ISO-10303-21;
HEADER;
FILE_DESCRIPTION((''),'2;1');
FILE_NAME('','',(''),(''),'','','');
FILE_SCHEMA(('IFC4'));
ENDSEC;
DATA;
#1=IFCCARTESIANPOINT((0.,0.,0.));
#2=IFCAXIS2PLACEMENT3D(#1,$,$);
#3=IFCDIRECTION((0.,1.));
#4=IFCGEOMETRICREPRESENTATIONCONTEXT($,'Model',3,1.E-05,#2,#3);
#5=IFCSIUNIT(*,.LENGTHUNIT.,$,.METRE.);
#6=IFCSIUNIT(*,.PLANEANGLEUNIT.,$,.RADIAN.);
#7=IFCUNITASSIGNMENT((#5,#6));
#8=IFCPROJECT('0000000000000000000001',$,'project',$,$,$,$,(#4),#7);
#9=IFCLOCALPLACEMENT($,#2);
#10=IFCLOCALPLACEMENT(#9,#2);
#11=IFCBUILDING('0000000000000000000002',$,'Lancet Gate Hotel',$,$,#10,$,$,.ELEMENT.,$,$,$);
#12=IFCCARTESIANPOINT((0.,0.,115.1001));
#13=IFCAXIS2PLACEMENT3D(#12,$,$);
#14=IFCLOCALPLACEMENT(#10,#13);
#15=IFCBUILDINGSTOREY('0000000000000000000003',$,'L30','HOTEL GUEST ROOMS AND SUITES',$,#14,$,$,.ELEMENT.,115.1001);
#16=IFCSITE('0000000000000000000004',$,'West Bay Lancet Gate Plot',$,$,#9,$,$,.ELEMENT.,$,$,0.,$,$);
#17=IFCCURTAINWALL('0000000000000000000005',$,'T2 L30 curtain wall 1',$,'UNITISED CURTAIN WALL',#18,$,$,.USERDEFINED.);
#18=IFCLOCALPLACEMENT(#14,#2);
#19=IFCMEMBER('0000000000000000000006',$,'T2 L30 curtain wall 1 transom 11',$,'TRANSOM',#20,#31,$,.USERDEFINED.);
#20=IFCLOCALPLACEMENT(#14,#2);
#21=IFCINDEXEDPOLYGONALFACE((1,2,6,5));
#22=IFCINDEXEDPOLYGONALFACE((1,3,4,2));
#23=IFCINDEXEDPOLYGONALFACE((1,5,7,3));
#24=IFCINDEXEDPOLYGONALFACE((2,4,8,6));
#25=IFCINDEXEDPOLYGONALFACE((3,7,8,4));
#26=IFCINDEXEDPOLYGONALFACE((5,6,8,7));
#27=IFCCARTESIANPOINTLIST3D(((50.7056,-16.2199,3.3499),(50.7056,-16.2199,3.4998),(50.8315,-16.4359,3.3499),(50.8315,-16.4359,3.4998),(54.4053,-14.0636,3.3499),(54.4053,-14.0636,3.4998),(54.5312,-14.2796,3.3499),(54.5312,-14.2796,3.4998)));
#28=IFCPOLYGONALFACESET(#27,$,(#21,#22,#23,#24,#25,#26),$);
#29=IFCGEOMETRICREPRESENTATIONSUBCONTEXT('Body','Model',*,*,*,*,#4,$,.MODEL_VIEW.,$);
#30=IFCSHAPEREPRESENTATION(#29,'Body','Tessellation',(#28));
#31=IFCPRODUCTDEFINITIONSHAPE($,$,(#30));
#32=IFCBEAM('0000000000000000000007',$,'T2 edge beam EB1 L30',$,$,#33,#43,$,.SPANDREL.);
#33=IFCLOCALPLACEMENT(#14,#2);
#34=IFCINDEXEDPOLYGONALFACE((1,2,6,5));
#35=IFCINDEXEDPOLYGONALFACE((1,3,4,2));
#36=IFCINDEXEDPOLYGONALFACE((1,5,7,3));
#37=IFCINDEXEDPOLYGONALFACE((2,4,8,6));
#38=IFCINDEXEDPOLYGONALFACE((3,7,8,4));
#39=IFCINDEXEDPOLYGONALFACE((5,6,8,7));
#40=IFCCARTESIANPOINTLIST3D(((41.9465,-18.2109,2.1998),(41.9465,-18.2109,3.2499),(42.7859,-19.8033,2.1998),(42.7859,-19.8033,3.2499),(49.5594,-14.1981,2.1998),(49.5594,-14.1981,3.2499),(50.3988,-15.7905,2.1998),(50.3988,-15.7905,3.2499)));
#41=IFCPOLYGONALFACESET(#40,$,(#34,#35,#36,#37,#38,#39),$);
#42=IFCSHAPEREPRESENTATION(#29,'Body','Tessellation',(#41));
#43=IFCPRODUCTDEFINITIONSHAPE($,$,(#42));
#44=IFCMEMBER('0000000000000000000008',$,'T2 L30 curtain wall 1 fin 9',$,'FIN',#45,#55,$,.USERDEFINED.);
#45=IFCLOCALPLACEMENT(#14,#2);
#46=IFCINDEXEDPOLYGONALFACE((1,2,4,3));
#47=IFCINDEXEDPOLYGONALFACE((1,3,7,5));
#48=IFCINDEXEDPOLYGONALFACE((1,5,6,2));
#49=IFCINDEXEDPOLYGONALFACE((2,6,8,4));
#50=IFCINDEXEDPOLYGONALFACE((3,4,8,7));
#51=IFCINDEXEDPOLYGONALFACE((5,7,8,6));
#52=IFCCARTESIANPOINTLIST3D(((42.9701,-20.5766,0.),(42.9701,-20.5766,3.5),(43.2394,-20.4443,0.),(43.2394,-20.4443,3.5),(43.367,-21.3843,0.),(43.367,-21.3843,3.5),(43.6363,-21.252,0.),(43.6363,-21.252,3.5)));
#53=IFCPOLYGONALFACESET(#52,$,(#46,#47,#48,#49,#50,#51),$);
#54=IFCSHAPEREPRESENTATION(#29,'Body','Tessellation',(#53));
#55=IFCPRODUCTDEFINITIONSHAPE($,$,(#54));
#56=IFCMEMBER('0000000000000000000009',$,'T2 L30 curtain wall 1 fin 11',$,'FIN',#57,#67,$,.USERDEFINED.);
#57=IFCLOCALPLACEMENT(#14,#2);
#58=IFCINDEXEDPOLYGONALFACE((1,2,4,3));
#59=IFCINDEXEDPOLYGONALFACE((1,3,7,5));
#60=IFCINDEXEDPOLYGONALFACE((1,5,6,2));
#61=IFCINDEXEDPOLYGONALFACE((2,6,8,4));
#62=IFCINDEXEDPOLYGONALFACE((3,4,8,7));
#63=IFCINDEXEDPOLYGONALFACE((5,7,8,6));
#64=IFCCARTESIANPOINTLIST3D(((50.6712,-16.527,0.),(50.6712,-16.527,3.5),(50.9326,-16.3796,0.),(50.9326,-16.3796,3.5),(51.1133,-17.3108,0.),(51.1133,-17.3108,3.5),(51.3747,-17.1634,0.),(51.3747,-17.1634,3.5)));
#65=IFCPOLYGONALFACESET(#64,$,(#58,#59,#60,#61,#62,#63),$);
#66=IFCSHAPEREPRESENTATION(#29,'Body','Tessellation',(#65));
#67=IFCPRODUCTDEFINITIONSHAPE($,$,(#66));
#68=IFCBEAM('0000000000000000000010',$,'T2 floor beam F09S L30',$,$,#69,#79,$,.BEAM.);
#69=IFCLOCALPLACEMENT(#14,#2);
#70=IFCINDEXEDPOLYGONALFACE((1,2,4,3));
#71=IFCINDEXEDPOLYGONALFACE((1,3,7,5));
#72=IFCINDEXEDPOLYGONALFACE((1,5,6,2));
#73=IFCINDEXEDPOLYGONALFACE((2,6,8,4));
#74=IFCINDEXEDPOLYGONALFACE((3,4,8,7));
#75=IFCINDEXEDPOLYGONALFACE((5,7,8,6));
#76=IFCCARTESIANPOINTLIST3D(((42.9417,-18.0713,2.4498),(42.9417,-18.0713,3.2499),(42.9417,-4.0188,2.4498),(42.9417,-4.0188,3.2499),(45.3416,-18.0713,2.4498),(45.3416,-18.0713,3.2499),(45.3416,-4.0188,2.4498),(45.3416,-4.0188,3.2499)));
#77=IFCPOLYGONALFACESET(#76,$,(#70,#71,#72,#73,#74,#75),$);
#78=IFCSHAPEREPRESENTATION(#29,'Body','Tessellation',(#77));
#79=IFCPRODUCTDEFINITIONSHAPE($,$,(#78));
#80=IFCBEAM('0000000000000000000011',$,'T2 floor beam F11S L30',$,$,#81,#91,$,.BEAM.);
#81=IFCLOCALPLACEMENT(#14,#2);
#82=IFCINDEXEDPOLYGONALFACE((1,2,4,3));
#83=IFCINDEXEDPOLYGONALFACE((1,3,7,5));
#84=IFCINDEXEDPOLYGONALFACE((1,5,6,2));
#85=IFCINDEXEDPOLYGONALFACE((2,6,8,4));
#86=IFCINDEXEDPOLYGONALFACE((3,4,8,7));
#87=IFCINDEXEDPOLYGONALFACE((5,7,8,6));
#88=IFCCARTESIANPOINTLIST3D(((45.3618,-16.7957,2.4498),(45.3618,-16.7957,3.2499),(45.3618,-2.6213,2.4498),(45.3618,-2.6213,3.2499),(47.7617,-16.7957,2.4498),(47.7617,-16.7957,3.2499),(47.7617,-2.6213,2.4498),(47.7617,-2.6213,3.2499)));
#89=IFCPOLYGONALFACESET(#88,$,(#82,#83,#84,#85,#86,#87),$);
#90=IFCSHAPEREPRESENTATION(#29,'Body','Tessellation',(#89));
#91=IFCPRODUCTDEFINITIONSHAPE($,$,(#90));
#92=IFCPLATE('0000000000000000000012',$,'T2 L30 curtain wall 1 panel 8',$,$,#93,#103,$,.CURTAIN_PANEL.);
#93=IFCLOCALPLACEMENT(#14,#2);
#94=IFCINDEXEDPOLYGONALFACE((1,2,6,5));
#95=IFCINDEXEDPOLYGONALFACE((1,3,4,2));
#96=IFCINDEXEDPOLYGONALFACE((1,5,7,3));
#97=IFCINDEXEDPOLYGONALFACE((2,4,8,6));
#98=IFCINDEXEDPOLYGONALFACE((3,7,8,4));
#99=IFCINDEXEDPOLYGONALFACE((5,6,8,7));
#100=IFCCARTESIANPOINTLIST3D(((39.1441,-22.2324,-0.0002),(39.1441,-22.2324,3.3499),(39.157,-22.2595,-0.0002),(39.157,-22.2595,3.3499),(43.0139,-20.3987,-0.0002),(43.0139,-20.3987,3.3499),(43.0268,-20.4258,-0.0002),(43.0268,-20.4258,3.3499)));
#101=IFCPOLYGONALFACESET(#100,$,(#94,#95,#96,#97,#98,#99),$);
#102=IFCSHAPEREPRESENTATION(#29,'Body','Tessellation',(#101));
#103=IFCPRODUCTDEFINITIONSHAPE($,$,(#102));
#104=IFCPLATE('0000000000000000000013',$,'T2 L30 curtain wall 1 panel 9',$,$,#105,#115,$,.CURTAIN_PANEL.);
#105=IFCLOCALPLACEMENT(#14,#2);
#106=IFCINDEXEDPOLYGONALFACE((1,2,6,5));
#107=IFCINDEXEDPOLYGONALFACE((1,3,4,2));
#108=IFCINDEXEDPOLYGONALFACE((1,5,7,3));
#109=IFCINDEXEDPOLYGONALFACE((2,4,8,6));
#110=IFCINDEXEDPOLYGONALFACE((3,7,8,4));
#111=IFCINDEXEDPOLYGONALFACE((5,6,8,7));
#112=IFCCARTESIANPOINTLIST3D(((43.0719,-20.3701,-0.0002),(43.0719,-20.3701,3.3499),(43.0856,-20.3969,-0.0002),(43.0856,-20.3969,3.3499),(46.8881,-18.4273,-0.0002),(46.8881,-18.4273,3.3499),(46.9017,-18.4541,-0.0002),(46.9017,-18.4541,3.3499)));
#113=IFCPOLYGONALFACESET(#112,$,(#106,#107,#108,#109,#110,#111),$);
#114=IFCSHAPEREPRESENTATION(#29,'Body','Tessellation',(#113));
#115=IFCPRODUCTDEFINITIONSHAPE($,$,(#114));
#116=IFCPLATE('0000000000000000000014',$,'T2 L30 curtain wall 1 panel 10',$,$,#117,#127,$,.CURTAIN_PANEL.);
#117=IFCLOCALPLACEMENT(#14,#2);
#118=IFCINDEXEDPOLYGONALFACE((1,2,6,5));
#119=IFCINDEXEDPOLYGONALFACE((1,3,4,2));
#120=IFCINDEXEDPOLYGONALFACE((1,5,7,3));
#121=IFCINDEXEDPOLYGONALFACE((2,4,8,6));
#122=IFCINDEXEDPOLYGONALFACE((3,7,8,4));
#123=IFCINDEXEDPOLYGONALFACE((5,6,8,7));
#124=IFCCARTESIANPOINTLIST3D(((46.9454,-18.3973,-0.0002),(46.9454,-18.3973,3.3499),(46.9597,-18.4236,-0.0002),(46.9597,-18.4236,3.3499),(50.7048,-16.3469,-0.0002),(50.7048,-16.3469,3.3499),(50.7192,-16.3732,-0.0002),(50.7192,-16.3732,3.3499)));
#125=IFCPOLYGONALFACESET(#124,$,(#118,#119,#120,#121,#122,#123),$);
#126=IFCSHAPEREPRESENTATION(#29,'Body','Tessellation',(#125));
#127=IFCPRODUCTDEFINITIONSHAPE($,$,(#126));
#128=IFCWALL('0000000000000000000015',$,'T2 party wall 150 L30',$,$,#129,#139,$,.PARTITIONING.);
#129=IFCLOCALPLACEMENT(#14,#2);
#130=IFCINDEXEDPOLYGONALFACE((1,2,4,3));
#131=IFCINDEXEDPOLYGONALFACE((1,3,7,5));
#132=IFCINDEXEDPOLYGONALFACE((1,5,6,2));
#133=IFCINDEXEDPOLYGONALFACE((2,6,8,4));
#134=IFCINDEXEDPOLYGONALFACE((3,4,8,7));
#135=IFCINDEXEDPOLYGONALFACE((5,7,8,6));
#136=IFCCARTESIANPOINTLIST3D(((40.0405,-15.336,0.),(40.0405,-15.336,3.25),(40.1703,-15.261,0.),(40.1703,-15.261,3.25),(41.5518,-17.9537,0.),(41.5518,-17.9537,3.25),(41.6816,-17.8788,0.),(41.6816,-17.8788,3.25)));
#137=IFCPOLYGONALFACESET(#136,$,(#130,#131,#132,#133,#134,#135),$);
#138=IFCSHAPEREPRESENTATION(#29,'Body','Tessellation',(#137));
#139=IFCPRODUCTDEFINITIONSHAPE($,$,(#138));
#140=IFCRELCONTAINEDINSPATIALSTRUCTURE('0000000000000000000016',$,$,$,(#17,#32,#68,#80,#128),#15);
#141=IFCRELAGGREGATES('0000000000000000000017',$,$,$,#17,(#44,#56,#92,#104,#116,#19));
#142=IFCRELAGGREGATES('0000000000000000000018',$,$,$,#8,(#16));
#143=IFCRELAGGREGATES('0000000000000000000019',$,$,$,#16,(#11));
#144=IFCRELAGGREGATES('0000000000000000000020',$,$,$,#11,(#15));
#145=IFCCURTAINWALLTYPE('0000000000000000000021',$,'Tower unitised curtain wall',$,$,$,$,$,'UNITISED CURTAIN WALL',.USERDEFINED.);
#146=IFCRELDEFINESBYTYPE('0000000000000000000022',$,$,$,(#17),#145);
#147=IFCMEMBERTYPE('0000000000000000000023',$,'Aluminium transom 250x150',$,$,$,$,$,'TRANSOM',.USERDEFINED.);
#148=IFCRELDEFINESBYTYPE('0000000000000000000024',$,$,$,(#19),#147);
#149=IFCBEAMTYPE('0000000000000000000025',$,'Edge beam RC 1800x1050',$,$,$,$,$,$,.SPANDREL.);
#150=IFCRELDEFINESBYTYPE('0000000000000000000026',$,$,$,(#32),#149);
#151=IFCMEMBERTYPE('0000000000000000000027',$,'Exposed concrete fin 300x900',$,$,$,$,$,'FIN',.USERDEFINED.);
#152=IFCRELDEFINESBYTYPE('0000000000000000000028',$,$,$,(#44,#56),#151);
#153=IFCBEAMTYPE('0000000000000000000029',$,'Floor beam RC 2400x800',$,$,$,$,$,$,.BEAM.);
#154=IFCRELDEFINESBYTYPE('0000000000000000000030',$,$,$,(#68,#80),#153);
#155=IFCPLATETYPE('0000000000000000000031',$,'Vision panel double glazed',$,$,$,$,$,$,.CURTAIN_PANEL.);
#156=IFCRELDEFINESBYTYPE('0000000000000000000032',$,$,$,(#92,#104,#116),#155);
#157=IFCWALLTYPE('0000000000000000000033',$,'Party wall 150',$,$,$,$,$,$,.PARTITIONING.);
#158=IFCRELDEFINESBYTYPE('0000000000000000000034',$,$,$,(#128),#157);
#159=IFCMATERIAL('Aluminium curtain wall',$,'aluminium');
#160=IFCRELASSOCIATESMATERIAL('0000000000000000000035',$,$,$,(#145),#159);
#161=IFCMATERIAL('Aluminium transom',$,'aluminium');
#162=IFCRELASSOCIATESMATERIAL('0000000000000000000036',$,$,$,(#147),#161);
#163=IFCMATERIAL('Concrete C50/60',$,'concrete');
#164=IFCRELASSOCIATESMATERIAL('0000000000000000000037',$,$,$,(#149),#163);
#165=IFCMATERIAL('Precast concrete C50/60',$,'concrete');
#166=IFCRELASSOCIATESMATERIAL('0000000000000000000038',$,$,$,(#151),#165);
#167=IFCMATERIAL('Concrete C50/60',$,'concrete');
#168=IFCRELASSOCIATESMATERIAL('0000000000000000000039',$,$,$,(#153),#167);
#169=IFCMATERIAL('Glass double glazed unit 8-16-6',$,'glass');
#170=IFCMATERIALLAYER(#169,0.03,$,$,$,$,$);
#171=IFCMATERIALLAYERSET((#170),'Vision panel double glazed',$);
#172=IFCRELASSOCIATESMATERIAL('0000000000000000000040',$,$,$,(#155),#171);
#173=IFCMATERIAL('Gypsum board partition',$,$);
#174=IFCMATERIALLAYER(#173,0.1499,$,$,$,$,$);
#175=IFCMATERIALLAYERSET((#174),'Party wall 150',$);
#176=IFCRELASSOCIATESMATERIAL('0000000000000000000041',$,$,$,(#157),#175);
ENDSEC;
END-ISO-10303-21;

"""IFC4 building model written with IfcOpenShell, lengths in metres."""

from ifc_helpers import new_model, si_unit, direction, frame, frame_2d, origin, origin_2d, place, context, subcontext, project, spatial, rectangle, extrude, material, layer, layer_set, material_profile, profile_set, type_object, element, aggregate, save


model = new_model("IFC4")

# Units and contexts
model_context = context("Model", 3, precision=1e-05, world=origin(), true_north=direction((0.0, 1.0)))
body_context = subcontext(model_context, "Body", "Model", "MODEL_VIEW")
ifc_project = project(units=[si_unit("LENGTHUNIT", "METRE"), si_unit("PLANEANGLEUNIT", "RADIAN")], contexts=[model_context])

# Site, building, storey
site_placement = place(None, origin())
site = spatial("IfcSite", under=ifc_project, at=site_placement, Name="West Bay Lancet Gate Plot", CompositionType="ELEMENT", RefElevation=0.0)
building_placement = place(site_placement, origin())
building = spatial("IfcBuilding", under=site, at=building_placement, Name="Lancet Gate Hotel", CompositionType="ELEMENT")
storey_placement = place(building_placement, frame((0.0, 0.0, 115.1001)))
storey = spatial("IfcBuildingStorey", under=building, at=storey_placement, Name="L30", Description="HOTEL GUEST ROOMS AND SUITES", CompositionType="ELEMENT", Elevation=115.1001)

# Curtain wall, member
ifc_material_1 = material(Name="Aluminium curtain wall", Category="aluminium")
curtain_wall_type = type_object("IfcCurtainWallType", Name="Tower unitised curtain wall", ElementType="UNITISED CURTAIN WALL", PredefinedType="USERDEFINED", material=ifc_material_1)
curtain_wall_placement = place(storey_placement, origin())
curtain_wall = element("IfcCurtainWall", 1, at=curtain_wall_placement, inside=storey, type_object=curtain_wall_type, Name="T2 L30 curtain wall 1", ObjectType="UNITISED CURTAIN WALL", PredefinedType="USERDEFINED")
ifc_material_2 = material(Name="Aluminium transom", Category="aluminium")
ifc_material_profile_1 = material_profile(ifc_material_2, rectangle(XDim=0.25, YDim=0.1499, at=origin_2d()), Name="TRANSOM 250x150")
ifc_profile_set_1 = profile_set([ifc_material_profile_1], Name="Aluminium transom")
member_type_1 = type_object("IfcMemberType", Name="Aluminium transom 250x150", ElementType="TRANSOM", PredefinedType="USERDEFINED", material=ifc_profile_set_1)
member_1_placement = place(storey_placement, frame((50.7686, -16.3279, 3.4248), z_axis=(0.863973, 0.503538, 0.0), x_axis=(-0.503538, 0.863973, 0.0)))
member_1 = element("IfcMember", 2, at=member_1_placement, type_object=member_type_1, Name="T2 L30 curtain wall 1 transom 11", ObjectType="TRANSOM", PredefinedType="USERDEFINED", context=body_context, shape_type="SweptSolid", body=[
    extrude(rectangle(XDim=0.25, YDim=0.1499, at=origin_2d()), origin(), (0.0, 0.0, 1.0), 4.2822),
])

# Beam
ifc_material_3 = material(Name="Concrete C50/60", Category="concrete")
ifc_material_profile_2 = material_profile(ifc_material_3, rectangle(XDim=1.8, YDim=1.05, at=origin_2d()), Name="RC 1800x1050")
ifc_profile_set_2 = profile_set([ifc_material_profile_2], Name="Concrete C50/60")
beam_type_1 = type_object("IfcBeamType", Name="Edge beam RC 1800x1050", PredefinedType="SPANDREL", material=ifc_profile_set_2)
beam_1_placement = place(storey_placement, frame((42.3662, -19.0071, 2.7249), z_axis=(0.884633, 0.466289, 0.0), x_axis=(-0.466289, 0.884633, 0.0)))
element("IfcBeam", 3, at=beam_1_placement, inside=storey, type_object=beam_type_1, Name="T2 edge beam EB1 L30", PredefinedType="SPANDREL", context=body_context, shape_type="SweptSolid", body=[
    extrude(rectangle(XDim=1.8, YDim=1.05, at=origin_2d()), origin(), (0.0, 0.0, 1.0), 8.6057),
])

# Members
ifc_material_4 = material(Name="Precast concrete C50/60", Category="concrete")
ifc_material_profile_3 = material_profile(ifc_material_4, rectangle(XDim=0.3, YDim=0.8999, at=origin_2d()), Name="FIN 300x900")
ifc_profile_set_3 = profile_set([ifc_material_profile_3], Name="Precast concrete C50/60")
member_type_2 = type_object("IfcMemberType", Name="Exposed concrete fin 300x900", ElementType="FIN", PredefinedType="USERDEFINED", material=ifc_profile_set_3)
member_2_placement = place(storey_placement, frame((43.3032, -20.9143, 0.0), z_axis=(0.0, 0.0, 1.0), x_axis=(0.897512, 0.44099, 0.0)))
member_2 = element("IfcMember", 4, at=member_2_placement, type_object=member_type_2, Name="T2 L30 curtain wall 1 fin 9", ObjectType="FIN", PredefinedType="USERDEFINED", context=body_context, shape_type="SweptSolid", body=[
    extrude(rectangle(XDim=0.3, YDim=0.8999, at=origin_2d()), origin(), (0.0, 0.0, 1.0), 3.5),
])
member_3_placement = place(storey_placement, frame((51.0229, -16.8452, 0.0), z_axis=(0.0, 0.0, 1.0), x_axis=(0.871029, 0.491232, 0.0)))
member_3 = element("IfcMember", 5, at=member_3_placement, type_object=member_type_2, Name="T2 L30 curtain wall 1 fin 11", ObjectType="FIN", PredefinedType="USERDEFINED", context=body_context, shape_type="SweptSolid", body=[
    extrude(rectangle(XDim=0.3, YDim=0.8999, at=origin_2d()), origin(), (0.0, 0.0, 1.0), 3.5),
])

# Beams
ifc_material_5 = material(Name="Concrete C50/60", Category="concrete")
ifc_material_profile_4 = material_profile(ifc_material_5, rectangle(XDim=2.3999, YDim=0.8, at=origin_2d()), Name="RC 2400x800")
ifc_profile_set_4 = profile_set([ifc_material_profile_4], Name="Concrete C50/60")
beam_type_2 = type_object("IfcBeamType", Name="Floor beam RC 2400x800", PredefinedType="BEAM", material=ifc_profile_set_4)
beam_2_placement = place(storey_placement, frame((44.1416, -18.0713, 2.8499), z_axis=(0.0, 1.0, 0.0), x_axis=(-1.0, 0.0, 0.0)))
element("IfcBeam", 6, at=beam_2_placement, inside=storey, type_object=beam_type_2, Name="T2 floor beam F09S L30", PredefinedType="BEAM", context=body_context, shape_type="SweptSolid", body=[
    extrude(rectangle(XDim=2.3999, YDim=0.8, at=origin_2d()), origin(), (0.0, 0.0, 1.0), 14.0525),
])
beam_3_placement = place(storey_placement, frame((46.5618, -16.7957, 2.8499), z_axis=(0.0, 1.0, 0.0), x_axis=(-1.0, 0.0, 0.0)))
element("IfcBeam", 7, at=beam_3_placement, inside=storey, type_object=beam_type_2, Name="T2 floor beam F11S L30", PredefinedType="BEAM", context=body_context, shape_type="SweptSolid", body=[
    extrude(rectangle(XDim=2.3999, YDim=0.8, at=origin_2d()), origin(), (0.0, 0.0, 1.0), 14.1743),
])

# Plates
ifc_material_6 = material(Name="Glass double glazed unit 8-16-6", Category="glass")
ifc_layer_1 = layer(ifc_material_6, 0.03)
ifc_layer_set_1 = layer_set([ifc_layer_1], Name="Vision panel double glazed")
plate_type = type_object("IfcPlateType", Name="Vision panel double glazed", PredefinedType="CURTAIN_PANEL", material=ifc_layer_set_1)
plate_1_placement = place(storey_placement, frame((41.0854, -21.3291, -0.0002), z_axis=(0.0, 0.0, 1.0), x_axis=(0.903683, 0.428201, 0.0)))
plate_1 = element("IfcPlate", 8, at=plate_1_placement, type_object=plate_type, Name="T2 L30 curtain wall 1 panel 8", PredefinedType="CURTAIN_PANEL", context=body_context, shape_type="SweptSolid", body=[
    extrude(rectangle(XDim=4.2822, YDim=0.03, at=origin_2d()), origin(), (0.0, 0.0, 1.0), 3.3501),
])
plate_2_placement = place(storey_placement, frame((44.9868, -19.4121, -0.0002), z_axis=(0.0, 0.0, 1.0), x_axis=(0.891159, 0.45369, 0.0)))
plate_2 = element("IfcPlate", 9, at=plate_2_placement, type_object=plate_type, Name="T2 L30 curtain wall 1 panel 9", PredefinedType="CURTAIN_PANEL", context=body_context, shape_type="SweptSolid", body=[
    extrude(rectangle(XDim=4.2822, YDim=0.03, at=origin_2d()), origin(), (0.0, 0.0, 1.0), 3.3501),
])
plate_3_placement = place(storey_placement, frame((48.8323, -17.3853, -0.0002), z_axis=(0.0, 0.0, 1.0), x_axis=(0.877916, 0.478814, 0.0)))
plate_3 = element("IfcPlate", 10, at=plate_3_placement, type_object=plate_type, Name="T2 L30 curtain wall 1 panel 10", PredefinedType="CURTAIN_PANEL", context=body_context, shape_type="SweptSolid", body=[
    extrude(rectangle(XDim=4.2822, YDim=0.03, at=origin_2d()), origin(), (0.0, 0.0, 1.0), 3.3501),
])
aggregate(curtain_wall, [member_2, member_3, plate_1, plate_2, plate_3, member_1])

# Wall
ifc_material_7 = material(Name="Gypsum board partition")
ifc_layer_2 = layer(ifc_material_7, 0.1499)
ifc_layer_set_2 = layer_set([ifc_layer_2], Name="Party wall 150")
wall_type = type_object("IfcWallType", Name="Party wall 150", PredefinedType="PARTITIONING", material=ifc_layer_set_2)
wall_placement = place(storey_placement, frame((40.1055, -15.2986, 0.0), z_axis=(0.0, 0.0, 1.0), x_axis=(0.499979, -0.866038, 0.0)))
element("IfcWall", 11, at=wall_placement, inside=storey, type_object=wall_type, Name="T2 party wall 150 L30", PredefinedType="PARTITIONING", context=body_context, shape_type="SweptSolid", body=[
    extrude(rectangle(XDim=3.0227, YDim=0.1499, at=frame_2d((1.5112, 0.0))), origin(), (0.0, 0.0, 1.0), 3.25),
])

save(model, "model.ifc")
